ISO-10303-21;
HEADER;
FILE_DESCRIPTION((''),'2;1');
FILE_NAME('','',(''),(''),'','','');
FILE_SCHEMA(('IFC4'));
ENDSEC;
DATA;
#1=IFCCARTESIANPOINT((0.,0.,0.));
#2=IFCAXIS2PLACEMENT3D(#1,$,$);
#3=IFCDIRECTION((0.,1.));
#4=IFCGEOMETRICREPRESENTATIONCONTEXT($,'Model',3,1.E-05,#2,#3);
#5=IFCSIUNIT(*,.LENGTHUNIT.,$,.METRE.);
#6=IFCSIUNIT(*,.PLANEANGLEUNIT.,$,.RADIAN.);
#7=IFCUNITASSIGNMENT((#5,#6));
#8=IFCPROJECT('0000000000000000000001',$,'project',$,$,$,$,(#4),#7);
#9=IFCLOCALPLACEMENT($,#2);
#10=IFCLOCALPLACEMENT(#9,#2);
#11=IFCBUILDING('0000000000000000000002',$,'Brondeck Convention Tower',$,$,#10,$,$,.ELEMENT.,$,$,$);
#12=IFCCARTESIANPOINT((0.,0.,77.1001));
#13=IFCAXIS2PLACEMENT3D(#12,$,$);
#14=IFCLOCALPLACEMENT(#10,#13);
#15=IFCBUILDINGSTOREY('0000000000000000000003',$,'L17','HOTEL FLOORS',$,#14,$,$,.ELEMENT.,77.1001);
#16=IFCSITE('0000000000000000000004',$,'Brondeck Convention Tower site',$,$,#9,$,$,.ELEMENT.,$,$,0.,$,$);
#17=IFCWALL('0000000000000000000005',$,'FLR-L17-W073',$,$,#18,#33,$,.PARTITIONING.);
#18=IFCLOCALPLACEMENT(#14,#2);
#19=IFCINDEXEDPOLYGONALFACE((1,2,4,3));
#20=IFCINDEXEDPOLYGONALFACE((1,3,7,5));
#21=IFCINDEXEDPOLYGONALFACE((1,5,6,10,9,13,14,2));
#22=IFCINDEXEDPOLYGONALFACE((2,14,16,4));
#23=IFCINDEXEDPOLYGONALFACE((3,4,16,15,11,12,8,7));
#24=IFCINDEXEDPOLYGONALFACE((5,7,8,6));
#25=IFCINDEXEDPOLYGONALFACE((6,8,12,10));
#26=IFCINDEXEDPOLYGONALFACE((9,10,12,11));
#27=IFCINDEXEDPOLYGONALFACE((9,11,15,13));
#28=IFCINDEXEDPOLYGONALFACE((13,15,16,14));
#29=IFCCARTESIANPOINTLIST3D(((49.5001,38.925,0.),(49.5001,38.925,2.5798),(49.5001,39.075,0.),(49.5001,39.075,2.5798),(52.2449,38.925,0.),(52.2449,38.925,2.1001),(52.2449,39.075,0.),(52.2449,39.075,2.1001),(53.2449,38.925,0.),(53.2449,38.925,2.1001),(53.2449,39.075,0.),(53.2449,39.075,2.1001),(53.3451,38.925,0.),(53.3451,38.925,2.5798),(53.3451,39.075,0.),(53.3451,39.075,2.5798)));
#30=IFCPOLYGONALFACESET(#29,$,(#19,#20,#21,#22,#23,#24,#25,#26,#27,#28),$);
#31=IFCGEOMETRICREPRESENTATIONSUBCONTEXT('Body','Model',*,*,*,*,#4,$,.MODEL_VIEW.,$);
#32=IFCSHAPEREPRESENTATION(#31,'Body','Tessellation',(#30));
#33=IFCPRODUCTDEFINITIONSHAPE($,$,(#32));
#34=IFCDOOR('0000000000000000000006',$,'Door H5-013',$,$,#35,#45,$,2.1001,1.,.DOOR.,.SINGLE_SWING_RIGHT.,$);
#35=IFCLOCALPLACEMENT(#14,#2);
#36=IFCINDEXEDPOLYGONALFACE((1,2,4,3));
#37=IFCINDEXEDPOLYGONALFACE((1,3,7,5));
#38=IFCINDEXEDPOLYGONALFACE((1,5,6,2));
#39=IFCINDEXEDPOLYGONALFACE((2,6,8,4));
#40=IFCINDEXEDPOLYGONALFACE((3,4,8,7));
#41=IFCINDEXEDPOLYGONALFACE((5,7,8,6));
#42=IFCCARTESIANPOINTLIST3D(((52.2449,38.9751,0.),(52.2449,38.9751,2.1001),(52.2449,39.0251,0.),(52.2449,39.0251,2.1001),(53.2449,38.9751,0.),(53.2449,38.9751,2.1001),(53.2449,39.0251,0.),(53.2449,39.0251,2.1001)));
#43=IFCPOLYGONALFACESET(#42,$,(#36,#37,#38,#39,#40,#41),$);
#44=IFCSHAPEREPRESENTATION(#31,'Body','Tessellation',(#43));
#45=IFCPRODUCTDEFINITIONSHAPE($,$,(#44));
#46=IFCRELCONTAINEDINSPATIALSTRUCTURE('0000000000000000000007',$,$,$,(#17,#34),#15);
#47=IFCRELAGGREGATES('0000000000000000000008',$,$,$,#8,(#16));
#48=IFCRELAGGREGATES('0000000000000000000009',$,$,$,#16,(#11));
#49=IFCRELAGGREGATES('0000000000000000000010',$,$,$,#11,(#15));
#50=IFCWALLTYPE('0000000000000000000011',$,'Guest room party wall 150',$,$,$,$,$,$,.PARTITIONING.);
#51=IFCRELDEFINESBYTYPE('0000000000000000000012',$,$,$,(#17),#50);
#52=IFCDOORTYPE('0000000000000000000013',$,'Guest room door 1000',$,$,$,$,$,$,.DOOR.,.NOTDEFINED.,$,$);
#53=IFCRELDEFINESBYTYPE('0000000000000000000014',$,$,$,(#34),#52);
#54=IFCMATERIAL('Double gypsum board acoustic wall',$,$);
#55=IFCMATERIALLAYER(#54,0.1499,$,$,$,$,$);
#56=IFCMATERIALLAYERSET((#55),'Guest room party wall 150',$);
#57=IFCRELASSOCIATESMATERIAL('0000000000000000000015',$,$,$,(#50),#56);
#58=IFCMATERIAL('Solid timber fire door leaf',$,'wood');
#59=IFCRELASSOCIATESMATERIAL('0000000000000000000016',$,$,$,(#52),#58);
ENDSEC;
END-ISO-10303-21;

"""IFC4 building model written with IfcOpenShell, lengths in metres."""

from ifc_helpers import new_model, si_unit, direction, frame, frame_2d, origin, place, context, subcontext, project, spatial, rectangle, extrude, material, layer, layer_set, type_object, element, fill, save


model = new_model("IFC4")

# Units and contexts
model_context = context("Model", 3, precision=1e-05, world=origin(), true_north=direction((0.0, 1.0)))
body_context = subcontext(model_context, "Body", "Model", "MODEL_VIEW")
ifc_project = project(units=[si_unit("LENGTHUNIT", "METRE"), si_unit("PLANEANGLEUNIT", "RADIAN")], contexts=[model_context])

# Site, building, storey
site_placement = place(None, origin())
site = spatial("IfcSite", under=ifc_project, at=site_placement, Name="Brondeck Convention Tower site", CompositionType="ELEMENT", RefElevation=0.0)
building_placement = place(site_placement, origin())
building = spatial("IfcBuilding", under=site, at=building_placement, Name="Brondeck Convention Tower", CompositionType="ELEMENT")
storey_placement = place(building_placement, frame((0.0, 0.0, 77.1001)))
storey = spatial("IfcBuildingStorey", under=building, at=storey_placement, Name="L17", Description="HOTEL FLOORS", CompositionType="ELEMENT", Elevation=77.1001)

# Shared definitions
ifc_material_1 = material(Name="Double gypsum board acoustic wall")
ifc_layer_1 = layer(ifc_material_1, 0.1499)
ifc_layer_set_1 = layer_set([ifc_layer_1], Name="Guest room party wall 150")
wall_type_1 = type_object("IfcWallType", Name="Guest room party wall 150", PredefinedType="PARTITIONING", material=ifc_layer_set_1)

# Wall, opening, door
ifc_material_2 = material(Name="Solid timber fire door leaf", Category="wood")
door_type_1 = type_object("IfcDoorType", Name="Guest room door 1000", OperationType="NOTDEFINED", PredefinedType="DOOR", material=ifc_material_2)
wall_1_placement = place(storey_placement, frame((53.345, 39.0, 0.0), z_axis=(0.0, 0.0, 1.0), x_axis=(-1.0, 0.0, 0.0)))
wall_1 = element("IfcWall", 1, at=wall_1_placement, inside=storey, type_object=wall_type_1, Name="FLR-L17-W073", PredefinedType="PARTITIONING", context=body_context, shape_type="SweptSolid", body=[
    extrude(rectangle(XDim=3.845, YDim=0.1499, at=frame_2d((1.9224, 0.0))), origin(), (0.0, 0.0, 1.0), 2.5798),
])
opening_1_placement = place(wall_1_placement, frame((0.1001, 0.0, 0.0)))
opening_1 = element("IfcOpeningElement", 2, at=opening_1_placement, cuts=wall_1, PredefinedType="OPENING", context=body_context, shape_type="SweptSolid", body=[
    extrude(rectangle(XDim=1.0, YDim=2.1001, at=frame_2d((0.5, 1.05))), frame((0.0, 0.085, 0.0), z_axis=(0.0, -1.0, 0.0), x_axis=(1.0, 0.0, 0.0)), (0.0, 0.0, 1.0), 0.1699),
])
door_1_placement = place(opening_1_placement, origin())
door_1 = element("IfcDoor", 3, at=door_1_placement, inside=storey, type_object=door_type_1, Name="Door H5-013", OperationType="SINGLE_SWING_RIGHT", OverallHeight=2.1001, OverallWidth=1.0, PredefinedType="DOOR", context=body_context, shape_type="SweptSolid", body=[
    extrude(rectangle(XDim=1.0, YDim=2.1001, at=frame_2d((0.5, 1.05))), frame((0.0, 0.0249, 0.0), z_axis=(0.0, -1.0, 0.0), x_axis=(1.0, 0.0, 0.0)), (0.0, 0.0, 1.0), 0.05),
])
fill(opening_1, door_1)

save(model, "model.ifc")
